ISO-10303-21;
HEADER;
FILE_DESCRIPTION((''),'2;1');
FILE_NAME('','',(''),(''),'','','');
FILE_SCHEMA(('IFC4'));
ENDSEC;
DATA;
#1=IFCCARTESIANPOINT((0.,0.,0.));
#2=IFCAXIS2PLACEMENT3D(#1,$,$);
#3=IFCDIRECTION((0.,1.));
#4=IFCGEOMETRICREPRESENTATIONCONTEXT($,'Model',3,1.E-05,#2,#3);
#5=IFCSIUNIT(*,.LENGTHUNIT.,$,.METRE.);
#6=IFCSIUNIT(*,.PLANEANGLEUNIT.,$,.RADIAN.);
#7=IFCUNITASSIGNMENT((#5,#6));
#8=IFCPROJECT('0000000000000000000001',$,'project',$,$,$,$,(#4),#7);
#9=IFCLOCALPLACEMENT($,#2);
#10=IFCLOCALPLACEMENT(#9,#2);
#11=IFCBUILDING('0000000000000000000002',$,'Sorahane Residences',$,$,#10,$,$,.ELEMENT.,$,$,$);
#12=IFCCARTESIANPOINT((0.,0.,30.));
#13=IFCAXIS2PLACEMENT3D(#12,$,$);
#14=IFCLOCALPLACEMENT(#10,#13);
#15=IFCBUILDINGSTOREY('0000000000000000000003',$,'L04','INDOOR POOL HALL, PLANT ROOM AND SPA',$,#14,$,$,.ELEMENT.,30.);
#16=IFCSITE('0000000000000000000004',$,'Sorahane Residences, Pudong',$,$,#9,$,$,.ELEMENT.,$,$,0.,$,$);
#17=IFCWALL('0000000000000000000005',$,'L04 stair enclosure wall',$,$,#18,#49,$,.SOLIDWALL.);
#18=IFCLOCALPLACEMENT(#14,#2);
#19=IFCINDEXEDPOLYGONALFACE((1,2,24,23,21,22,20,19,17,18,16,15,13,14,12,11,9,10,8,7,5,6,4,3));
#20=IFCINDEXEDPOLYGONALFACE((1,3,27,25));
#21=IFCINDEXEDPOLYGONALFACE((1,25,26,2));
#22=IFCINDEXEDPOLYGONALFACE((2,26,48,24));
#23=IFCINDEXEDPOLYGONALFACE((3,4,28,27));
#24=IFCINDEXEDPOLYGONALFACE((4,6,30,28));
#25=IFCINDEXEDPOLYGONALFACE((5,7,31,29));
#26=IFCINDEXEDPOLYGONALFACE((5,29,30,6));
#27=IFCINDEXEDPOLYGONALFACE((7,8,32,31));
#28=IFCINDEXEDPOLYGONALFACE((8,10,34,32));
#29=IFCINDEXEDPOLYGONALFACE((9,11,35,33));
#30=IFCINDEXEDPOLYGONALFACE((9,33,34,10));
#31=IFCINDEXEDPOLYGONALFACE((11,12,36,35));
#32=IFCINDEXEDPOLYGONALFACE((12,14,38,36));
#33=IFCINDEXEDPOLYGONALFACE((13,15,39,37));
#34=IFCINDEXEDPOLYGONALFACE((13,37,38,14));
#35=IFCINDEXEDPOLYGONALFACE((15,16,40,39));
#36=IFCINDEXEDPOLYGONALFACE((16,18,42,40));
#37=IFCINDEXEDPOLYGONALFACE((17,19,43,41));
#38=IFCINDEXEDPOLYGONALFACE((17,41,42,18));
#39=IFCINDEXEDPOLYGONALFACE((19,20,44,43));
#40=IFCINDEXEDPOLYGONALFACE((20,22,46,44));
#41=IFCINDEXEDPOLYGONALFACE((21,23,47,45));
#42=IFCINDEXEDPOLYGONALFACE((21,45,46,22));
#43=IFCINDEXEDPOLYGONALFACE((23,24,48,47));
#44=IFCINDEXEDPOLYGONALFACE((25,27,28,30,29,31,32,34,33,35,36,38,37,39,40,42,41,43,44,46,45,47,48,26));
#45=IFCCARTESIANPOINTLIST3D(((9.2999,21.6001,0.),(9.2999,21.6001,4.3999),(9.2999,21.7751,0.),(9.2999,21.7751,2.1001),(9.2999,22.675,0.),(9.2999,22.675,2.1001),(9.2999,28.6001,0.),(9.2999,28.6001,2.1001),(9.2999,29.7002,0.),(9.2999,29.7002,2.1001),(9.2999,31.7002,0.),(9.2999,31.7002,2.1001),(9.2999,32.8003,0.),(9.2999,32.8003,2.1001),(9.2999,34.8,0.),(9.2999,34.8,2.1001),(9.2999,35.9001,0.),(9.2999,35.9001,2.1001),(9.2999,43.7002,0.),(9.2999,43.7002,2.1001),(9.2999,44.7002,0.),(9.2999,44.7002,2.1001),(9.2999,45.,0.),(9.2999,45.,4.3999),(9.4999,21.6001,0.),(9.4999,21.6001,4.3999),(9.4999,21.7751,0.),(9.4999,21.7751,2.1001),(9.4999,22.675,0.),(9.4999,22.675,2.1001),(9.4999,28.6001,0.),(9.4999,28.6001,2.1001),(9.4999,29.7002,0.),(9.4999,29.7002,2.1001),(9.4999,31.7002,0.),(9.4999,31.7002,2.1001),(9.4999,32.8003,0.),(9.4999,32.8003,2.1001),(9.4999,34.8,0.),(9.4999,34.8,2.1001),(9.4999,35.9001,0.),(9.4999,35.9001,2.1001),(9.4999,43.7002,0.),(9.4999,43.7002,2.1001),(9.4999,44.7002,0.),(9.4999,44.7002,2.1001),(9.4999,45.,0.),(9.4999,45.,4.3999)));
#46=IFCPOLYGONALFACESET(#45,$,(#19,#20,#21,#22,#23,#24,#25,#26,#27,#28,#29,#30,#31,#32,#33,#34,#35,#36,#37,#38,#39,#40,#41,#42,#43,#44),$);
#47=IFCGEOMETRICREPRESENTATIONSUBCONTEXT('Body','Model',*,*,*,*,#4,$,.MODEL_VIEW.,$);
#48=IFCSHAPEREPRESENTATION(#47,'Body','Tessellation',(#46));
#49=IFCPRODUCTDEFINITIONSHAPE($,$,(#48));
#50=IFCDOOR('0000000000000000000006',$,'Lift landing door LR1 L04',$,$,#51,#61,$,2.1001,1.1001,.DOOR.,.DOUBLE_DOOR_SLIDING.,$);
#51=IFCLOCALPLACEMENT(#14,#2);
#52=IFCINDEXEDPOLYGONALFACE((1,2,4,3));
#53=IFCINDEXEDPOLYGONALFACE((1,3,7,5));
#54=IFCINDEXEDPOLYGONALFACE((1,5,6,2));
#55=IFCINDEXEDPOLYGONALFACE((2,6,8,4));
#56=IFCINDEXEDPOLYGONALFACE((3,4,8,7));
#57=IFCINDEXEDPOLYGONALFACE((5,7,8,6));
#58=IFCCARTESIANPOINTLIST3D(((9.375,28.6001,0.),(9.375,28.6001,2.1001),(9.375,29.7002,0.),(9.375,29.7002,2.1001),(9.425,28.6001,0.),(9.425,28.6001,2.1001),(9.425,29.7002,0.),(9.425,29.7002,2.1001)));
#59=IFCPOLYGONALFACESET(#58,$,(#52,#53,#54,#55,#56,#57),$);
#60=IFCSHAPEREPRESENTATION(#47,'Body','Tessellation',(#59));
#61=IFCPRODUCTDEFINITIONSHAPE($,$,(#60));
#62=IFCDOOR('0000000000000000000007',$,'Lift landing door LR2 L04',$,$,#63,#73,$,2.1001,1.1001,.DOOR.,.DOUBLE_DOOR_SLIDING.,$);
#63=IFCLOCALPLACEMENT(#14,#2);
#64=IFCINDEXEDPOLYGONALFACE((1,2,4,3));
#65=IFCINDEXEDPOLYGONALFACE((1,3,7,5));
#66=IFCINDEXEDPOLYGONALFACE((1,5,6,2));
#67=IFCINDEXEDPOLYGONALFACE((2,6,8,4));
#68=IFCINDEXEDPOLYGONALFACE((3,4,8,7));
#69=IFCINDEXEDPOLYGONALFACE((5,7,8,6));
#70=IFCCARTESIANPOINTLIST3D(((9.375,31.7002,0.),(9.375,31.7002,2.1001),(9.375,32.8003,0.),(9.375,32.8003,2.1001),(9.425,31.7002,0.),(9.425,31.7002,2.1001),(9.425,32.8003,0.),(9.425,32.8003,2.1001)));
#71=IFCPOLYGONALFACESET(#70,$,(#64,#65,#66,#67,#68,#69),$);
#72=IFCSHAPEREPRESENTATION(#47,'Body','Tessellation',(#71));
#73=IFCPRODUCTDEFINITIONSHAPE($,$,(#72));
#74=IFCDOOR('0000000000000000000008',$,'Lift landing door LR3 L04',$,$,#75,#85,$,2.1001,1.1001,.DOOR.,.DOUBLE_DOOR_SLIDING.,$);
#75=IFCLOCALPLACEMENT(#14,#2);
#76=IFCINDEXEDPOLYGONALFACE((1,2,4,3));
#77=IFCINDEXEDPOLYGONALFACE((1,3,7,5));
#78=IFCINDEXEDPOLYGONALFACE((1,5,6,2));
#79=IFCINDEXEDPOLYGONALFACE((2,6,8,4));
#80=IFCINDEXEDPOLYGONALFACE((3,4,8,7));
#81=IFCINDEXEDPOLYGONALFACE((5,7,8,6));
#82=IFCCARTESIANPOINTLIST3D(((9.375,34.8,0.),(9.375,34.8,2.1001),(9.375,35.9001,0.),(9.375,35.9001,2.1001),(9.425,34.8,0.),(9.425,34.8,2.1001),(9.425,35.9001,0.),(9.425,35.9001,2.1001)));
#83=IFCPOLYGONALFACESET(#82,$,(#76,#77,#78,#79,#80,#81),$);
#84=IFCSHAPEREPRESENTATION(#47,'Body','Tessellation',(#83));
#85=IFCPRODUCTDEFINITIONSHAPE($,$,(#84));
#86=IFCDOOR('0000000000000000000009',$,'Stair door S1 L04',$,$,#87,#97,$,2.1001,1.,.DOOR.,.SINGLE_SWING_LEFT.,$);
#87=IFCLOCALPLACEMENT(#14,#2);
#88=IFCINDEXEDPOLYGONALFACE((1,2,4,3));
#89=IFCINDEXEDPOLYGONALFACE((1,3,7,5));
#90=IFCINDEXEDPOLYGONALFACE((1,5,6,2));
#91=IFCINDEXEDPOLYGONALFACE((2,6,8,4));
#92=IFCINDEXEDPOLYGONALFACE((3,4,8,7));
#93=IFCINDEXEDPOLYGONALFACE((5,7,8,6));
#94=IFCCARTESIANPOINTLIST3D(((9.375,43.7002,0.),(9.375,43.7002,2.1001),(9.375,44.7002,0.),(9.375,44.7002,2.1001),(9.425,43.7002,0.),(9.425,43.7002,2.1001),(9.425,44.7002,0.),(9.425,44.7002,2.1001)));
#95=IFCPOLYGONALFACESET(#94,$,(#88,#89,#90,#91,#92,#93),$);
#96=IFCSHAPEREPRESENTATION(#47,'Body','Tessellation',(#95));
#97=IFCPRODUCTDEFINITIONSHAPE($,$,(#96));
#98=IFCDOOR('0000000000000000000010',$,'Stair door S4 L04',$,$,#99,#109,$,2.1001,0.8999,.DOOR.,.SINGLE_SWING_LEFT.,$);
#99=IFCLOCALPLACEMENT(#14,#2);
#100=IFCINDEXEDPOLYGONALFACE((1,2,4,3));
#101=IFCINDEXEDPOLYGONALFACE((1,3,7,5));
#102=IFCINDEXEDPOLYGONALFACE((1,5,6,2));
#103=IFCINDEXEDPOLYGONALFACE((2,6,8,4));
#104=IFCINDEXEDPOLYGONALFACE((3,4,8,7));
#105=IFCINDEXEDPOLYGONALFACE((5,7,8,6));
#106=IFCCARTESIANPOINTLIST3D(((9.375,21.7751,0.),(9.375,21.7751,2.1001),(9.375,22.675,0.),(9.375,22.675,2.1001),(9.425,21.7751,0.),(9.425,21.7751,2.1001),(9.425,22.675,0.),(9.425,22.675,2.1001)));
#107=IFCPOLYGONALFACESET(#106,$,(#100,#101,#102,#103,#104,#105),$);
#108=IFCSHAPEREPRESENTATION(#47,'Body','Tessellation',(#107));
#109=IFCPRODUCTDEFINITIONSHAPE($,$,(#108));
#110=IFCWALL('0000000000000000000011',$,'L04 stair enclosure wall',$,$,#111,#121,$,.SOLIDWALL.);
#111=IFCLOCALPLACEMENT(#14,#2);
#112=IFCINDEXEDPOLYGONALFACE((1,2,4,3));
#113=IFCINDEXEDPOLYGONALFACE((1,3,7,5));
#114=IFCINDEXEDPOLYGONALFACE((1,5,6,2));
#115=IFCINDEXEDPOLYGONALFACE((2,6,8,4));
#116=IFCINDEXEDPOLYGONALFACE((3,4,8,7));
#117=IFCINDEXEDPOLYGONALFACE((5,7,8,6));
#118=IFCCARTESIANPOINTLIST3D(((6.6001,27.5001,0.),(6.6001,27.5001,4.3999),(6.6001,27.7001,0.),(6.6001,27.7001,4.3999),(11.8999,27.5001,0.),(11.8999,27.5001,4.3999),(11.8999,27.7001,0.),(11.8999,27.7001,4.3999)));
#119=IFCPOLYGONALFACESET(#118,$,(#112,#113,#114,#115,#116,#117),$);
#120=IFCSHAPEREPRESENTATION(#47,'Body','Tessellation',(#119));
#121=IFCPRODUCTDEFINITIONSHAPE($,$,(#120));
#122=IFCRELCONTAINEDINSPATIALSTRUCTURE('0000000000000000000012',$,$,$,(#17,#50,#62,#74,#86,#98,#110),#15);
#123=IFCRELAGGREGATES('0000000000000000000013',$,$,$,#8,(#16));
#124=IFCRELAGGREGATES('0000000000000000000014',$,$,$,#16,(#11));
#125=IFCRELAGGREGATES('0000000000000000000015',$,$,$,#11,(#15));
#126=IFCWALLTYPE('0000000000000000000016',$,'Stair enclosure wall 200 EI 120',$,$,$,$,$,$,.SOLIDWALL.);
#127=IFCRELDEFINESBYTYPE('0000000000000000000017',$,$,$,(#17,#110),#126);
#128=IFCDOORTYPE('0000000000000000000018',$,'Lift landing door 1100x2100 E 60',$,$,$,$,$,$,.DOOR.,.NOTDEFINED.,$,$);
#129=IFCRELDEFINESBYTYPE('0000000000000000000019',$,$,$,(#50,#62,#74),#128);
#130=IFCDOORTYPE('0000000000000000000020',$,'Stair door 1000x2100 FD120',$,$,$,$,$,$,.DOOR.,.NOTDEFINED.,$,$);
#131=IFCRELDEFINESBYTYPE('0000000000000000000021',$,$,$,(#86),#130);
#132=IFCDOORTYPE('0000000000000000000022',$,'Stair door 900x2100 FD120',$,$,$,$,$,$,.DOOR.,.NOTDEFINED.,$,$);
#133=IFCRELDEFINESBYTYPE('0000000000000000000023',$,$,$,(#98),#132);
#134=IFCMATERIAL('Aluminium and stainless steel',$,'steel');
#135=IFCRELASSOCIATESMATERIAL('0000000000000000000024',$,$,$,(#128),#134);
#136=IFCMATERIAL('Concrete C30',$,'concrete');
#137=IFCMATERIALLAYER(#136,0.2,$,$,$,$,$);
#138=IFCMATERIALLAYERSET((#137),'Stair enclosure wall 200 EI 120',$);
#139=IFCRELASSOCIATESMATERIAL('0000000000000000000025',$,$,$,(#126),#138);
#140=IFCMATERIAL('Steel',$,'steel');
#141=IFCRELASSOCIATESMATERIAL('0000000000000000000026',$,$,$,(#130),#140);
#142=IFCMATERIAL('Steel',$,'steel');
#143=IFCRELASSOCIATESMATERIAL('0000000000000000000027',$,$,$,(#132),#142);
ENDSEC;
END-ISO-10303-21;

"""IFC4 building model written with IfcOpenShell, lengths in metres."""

from ifc_helpers import new_model, si_unit, direction, frame, frame_2d, origin, place, context, subcontext, project, spatial, rectangle, extrude, material, layer, layer_set, type_object, element, fill, save


model = new_model("IFC4")

# Units and contexts
model_context = context("Model", 3, precision=1e-05, world=origin(), true_north=direction((0.0, 1.0)))
body_context = subcontext(model_context, "Body", "Model", "MODEL_VIEW")
ifc_project = project(units=[si_unit("LENGTHUNIT", "METRE"), si_unit("PLANEANGLEUNIT", "RADIAN")], contexts=[model_context])

# Site, building, storey
site_placement = place(None, origin())
site = spatial("IfcSite", under=ifc_project, at=site_placement, Name="Sorahane Residences, Pudong", CompositionType="ELEMENT", RefElevation=0.0)
building_placement = place(site_placement, origin())
building = spatial("IfcBuilding", under=site, at=building_placement, Name="Sorahane Residences", CompositionType="ELEMENT")
storey_placement = place(building_placement, frame((0.0, 0.0, 30.0)))
storey = spatial("IfcBuildingStorey", under=building, at=storey_placement, Name="L04", Description="INDOOR POOL HALL, PLANT ROOM AND SPA", CompositionType="ELEMENT", Elevation=30.0)

# Shared definitions
ifc_material_1 = material(Name="Aluminium and stainless steel", Category="steel")
door_type_1 = type_object("IfcDoorType", Name="Lift landing door 1100x2100 E 60", OperationType="NOTDEFINED", PredefinedType="DOOR", material=ifc_material_1)

# Wall, openings, doors
ifc_material_2 = material(Name="Concrete C30", Category="concrete")
ifc_layer_1 = layer(ifc_material_2, 0.2)
ifc_layer_set_1 = layer_set([ifc_layer_1], Name="Stair enclosure wall 200 EI 120")
wall_type_1 = type_object("IfcWallType", Name="Stair enclosure wall 200 EI 120", PredefinedType="SOLIDWALL", material=ifc_layer_set_1)
wall_1_placement = place(storey_placement, frame((9.3999, 21.6001, 0.0), z_axis=(0.0, 0.0, 1.0), x_axis=(0.0, 1.0, 0.0)))
wall_1 = element("IfcWall", 1, at=wall_1_placement, inside=storey, type_object=wall_type_1, Name="L04 stair enclosure wall", PredefinedType="SOLIDWALL", context=body_context, shape_type="SweptSolid", body=[
    extrude(rectangle(XDim=23.3999, YDim=0.2, at=frame_2d((11.7, 0.0))), origin(), (0.0, 0.0, 1.0), 4.3999),
])
opening_1_placement = place(wall_1_placement, frame((7.0, 0.0, 0.0)))
opening_1 = element("IfcOpeningElement", 2, at=opening_1_placement, cuts=wall_1, PredefinedType="OPENING", context=body_context, shape_type="SweptSolid", body=[
    extrude(rectangle(XDim=1.1001, YDim=2.1001, at=frame_2d((0.55, 1.05))), frame((0.0, 0.1099, 0.0), z_axis=(0.0, -1.0, 0.0), x_axis=(1.0, 0.0, 0.0)), (0.0, 0.0, 1.0), 0.22),
])
opening_2_placement = place(wall_1_placement, frame((10.1001, 0.0, 0.0)))
opening_2 = element("IfcOpeningElement", 3, at=opening_2_placement, cuts=wall_1, PredefinedType="OPENING", context=body_context, shape_type="SweptSolid", body=[
    extrude(rectangle(XDim=1.1001, YDim=2.1001, at=frame_2d((0.55, 1.05))), frame((0.0, 0.1099, 0.0), z_axis=(0.0, -1.0, 0.0), x_axis=(1.0, 0.0, 0.0)), (0.0, 0.0, 1.0), 0.22),
])
opening_3_placement = place(wall_1_placement, frame((13.2, 0.0, 0.0)))
opening_3 = element("IfcOpeningElement", 4, at=opening_3_placement, cuts=wall_1, PredefinedType="OPENING", context=body_context, shape_type="SweptSolid", body=[
    extrude(rectangle(XDim=1.1001, YDim=2.1001, at=frame_2d((0.55, 1.05))), frame((0.0, 0.1099, 0.0), z_axis=(0.0, -1.0, 0.0), x_axis=(1.0, 0.0, 0.0)), (0.0, 0.0, 1.0), 0.22),
])
opening_4_placement = place(wall_1_placement, frame((22.1001, 0.0, 0.0)))
opening_4 = element("IfcOpeningElement", 5, at=opening_4_placement, cuts=wall_1, PredefinedType="OPENING", context=body_context, shape_type="SweptSolid", body=[
    extrude(rectangle(XDim=1.0, YDim=2.1001, at=frame_2d((0.5, 1.05))), frame((0.0, 0.1099, 0.0), z_axis=(0.0, -1.0, 0.0), x_axis=(1.0, 0.0, 0.0)), (0.0, 0.0, 1.0), 0.22),
])
opening_5_placement = place(wall_1_placement, frame((0.175, 0.0, 0.0)))
opening_5 = element("IfcOpeningElement", 6, at=opening_5_placement, cuts=wall_1, PredefinedType="OPENING", context=body_context, shape_type="SweptSolid", body=[
    extrude(rectangle(XDim=0.8999, YDim=2.1001, at=frame_2d((0.45, 1.05))), frame((0.0, 0.1099, 0.0), z_axis=(0.0, -1.0, 0.0), x_axis=(1.0, 0.0, 0.0)), (0.0, 0.0, 1.0), 0.22),
])
door_1_placement = place(opening_1_placement, origin())
door_1 = element("IfcDoor", 7, at=door_1_placement, inside=storey, type_object=door_type_1, Name="Lift landing door LR1 L04", OperationType="DOUBLE_DOOR_SLIDING", OverallHeight=2.1001, OverallWidth=1.1001, PredefinedType="DOOR", context=body_context, shape_type="SweptSolid", body=[
    extrude(rectangle(XDim=1.1001, YDim=2.1001, at=frame_2d((0.55, 1.05))), frame((0.0, 0.0249, 0.0), z_axis=(0.0, -1.0, 0.0), x_axis=(1.0, 0.0, 0.0)), (0.0, 0.0, 1.0), 0.05),
])
fill(opening_1, door_1)
door_2_placement = place(opening_2_placement, origin())
door_2 = element("IfcDoor", 8, at=door_2_placement, inside=storey, type_object=door_type_1, Name="Lift landing door LR2 L04", OperationType="DOUBLE_DOOR_SLIDING", OverallHeight=2.1001, OverallWidth=1.1001, PredefinedType="DOOR", context=body_context, shape_type="SweptSolid", body=[
    extrude(rectangle(XDim=1.1001, YDim=2.1001, at=frame_2d((0.55, 1.05))), frame((0.0, 0.0249, 0.0), z_axis=(0.0, -1.0, 0.0), x_axis=(1.0, 0.0, 0.0)), (0.0, 0.0, 1.0), 0.05),
])
fill(opening_2, door_2)
door_3_placement = place(opening_3_placement, origin())
door_3 = element("IfcDoor", 9, at=door_3_placement, inside=storey, type_object=door_type_1, Name="Lift landing door LR3 L04", OperationType="DOUBLE_DOOR_SLIDING", OverallHeight=2.1001, OverallWidth=1.1001, PredefinedType="DOOR", context=body_context, shape_type="SweptSolid", body=[
    extrude(rectangle(XDim=1.1001, YDim=2.1001, at=frame_2d((0.55, 1.05))), frame((0.0, 0.0249, 0.0), z_axis=(0.0, -1.0, 0.0), x_axis=(1.0, 0.0, 0.0)), (0.0, 0.0, 1.0), 0.05),
])
fill(opening_3, door_3)
ifc_material_3 = material(Name="Steel", Category="steel")
door_type_2 = type_object("IfcDoorType", Name="Stair door 1000x2100 FD120", OperationType="NOTDEFINED", PredefinedType="DOOR", material=ifc_material_3)
door_4_placement = place(opening_4_placement, origin())
door_4 = element("IfcDoor", 10, at=door_4_placement, inside=storey, type_object=door_type_2, Name="Stair door S1 L04", OperationType="SINGLE_SWING_LEFT", OverallHeight=2.1001, OverallWidth=1.0, PredefinedType="DOOR", context=body_context, shape_type="SweptSolid", body=[
    extrude(rectangle(XDim=1.0, YDim=2.1001, at=frame_2d((0.5, 1.05))), frame((0.0, 0.0249, 0.0), z_axis=(0.0, -1.0, 0.0), x_axis=(1.0, 0.0, 0.0)), (0.0, 0.0, 1.0), 0.05),
])
fill(opening_4, door_4)
ifc_material_4 = material(Name="Steel", Category="steel")
door_type_3 = type_object("IfcDoorType", Name="Stair door 900x2100 FD120", OperationType="NOTDEFINED", PredefinedType="DOOR", material=ifc_material_4)
door_5_placement = place(opening_5_placement, origin())
door_5 = element("IfcDoor", 11, at=door_5_placement, inside=storey, type_object=door_type_3, Name="Stair door S4 L04", OperationType="SINGLE_SWING_LEFT", OverallHeight=2.1001, OverallWidth=0.8999, PredefinedType="DOOR", context=body_context, shape_type="SweptSolid", body=[
    extrude(rectangle(XDim=0.8999, YDim=2.1001, at=frame_2d((0.45, 1.05))), frame((0.0, 0.0249, 0.0), z_axis=(0.0, -1.0, 0.0), x_axis=(1.0, 0.0, 0.0)), (0.0, 0.0, 1.0), 0.05),
])
fill(opening_5, door_5)

# Wall
wall_2_placement = place(storey_placement, frame((6.6001, 27.6001, 0.0), z_axis=(0.0, 0.0, 1.0), x_axis=(1.0, 0.0, 0.0)))
element("IfcWall", 12, at=wall_2_placement, inside=storey, type_object=wall_type_1, Name="L04 stair enclosure wall", PredefinedType="SOLIDWALL", context=body_context, shape_type="SweptSolid", body=[
    extrude(rectangle(XDim=5.2998, YDim=0.2, at=frame_2d((2.6499, 0.0))), origin(), (0.0, 0.0, 1.0), 4.3999),
])

save(model, "model.ifc")
